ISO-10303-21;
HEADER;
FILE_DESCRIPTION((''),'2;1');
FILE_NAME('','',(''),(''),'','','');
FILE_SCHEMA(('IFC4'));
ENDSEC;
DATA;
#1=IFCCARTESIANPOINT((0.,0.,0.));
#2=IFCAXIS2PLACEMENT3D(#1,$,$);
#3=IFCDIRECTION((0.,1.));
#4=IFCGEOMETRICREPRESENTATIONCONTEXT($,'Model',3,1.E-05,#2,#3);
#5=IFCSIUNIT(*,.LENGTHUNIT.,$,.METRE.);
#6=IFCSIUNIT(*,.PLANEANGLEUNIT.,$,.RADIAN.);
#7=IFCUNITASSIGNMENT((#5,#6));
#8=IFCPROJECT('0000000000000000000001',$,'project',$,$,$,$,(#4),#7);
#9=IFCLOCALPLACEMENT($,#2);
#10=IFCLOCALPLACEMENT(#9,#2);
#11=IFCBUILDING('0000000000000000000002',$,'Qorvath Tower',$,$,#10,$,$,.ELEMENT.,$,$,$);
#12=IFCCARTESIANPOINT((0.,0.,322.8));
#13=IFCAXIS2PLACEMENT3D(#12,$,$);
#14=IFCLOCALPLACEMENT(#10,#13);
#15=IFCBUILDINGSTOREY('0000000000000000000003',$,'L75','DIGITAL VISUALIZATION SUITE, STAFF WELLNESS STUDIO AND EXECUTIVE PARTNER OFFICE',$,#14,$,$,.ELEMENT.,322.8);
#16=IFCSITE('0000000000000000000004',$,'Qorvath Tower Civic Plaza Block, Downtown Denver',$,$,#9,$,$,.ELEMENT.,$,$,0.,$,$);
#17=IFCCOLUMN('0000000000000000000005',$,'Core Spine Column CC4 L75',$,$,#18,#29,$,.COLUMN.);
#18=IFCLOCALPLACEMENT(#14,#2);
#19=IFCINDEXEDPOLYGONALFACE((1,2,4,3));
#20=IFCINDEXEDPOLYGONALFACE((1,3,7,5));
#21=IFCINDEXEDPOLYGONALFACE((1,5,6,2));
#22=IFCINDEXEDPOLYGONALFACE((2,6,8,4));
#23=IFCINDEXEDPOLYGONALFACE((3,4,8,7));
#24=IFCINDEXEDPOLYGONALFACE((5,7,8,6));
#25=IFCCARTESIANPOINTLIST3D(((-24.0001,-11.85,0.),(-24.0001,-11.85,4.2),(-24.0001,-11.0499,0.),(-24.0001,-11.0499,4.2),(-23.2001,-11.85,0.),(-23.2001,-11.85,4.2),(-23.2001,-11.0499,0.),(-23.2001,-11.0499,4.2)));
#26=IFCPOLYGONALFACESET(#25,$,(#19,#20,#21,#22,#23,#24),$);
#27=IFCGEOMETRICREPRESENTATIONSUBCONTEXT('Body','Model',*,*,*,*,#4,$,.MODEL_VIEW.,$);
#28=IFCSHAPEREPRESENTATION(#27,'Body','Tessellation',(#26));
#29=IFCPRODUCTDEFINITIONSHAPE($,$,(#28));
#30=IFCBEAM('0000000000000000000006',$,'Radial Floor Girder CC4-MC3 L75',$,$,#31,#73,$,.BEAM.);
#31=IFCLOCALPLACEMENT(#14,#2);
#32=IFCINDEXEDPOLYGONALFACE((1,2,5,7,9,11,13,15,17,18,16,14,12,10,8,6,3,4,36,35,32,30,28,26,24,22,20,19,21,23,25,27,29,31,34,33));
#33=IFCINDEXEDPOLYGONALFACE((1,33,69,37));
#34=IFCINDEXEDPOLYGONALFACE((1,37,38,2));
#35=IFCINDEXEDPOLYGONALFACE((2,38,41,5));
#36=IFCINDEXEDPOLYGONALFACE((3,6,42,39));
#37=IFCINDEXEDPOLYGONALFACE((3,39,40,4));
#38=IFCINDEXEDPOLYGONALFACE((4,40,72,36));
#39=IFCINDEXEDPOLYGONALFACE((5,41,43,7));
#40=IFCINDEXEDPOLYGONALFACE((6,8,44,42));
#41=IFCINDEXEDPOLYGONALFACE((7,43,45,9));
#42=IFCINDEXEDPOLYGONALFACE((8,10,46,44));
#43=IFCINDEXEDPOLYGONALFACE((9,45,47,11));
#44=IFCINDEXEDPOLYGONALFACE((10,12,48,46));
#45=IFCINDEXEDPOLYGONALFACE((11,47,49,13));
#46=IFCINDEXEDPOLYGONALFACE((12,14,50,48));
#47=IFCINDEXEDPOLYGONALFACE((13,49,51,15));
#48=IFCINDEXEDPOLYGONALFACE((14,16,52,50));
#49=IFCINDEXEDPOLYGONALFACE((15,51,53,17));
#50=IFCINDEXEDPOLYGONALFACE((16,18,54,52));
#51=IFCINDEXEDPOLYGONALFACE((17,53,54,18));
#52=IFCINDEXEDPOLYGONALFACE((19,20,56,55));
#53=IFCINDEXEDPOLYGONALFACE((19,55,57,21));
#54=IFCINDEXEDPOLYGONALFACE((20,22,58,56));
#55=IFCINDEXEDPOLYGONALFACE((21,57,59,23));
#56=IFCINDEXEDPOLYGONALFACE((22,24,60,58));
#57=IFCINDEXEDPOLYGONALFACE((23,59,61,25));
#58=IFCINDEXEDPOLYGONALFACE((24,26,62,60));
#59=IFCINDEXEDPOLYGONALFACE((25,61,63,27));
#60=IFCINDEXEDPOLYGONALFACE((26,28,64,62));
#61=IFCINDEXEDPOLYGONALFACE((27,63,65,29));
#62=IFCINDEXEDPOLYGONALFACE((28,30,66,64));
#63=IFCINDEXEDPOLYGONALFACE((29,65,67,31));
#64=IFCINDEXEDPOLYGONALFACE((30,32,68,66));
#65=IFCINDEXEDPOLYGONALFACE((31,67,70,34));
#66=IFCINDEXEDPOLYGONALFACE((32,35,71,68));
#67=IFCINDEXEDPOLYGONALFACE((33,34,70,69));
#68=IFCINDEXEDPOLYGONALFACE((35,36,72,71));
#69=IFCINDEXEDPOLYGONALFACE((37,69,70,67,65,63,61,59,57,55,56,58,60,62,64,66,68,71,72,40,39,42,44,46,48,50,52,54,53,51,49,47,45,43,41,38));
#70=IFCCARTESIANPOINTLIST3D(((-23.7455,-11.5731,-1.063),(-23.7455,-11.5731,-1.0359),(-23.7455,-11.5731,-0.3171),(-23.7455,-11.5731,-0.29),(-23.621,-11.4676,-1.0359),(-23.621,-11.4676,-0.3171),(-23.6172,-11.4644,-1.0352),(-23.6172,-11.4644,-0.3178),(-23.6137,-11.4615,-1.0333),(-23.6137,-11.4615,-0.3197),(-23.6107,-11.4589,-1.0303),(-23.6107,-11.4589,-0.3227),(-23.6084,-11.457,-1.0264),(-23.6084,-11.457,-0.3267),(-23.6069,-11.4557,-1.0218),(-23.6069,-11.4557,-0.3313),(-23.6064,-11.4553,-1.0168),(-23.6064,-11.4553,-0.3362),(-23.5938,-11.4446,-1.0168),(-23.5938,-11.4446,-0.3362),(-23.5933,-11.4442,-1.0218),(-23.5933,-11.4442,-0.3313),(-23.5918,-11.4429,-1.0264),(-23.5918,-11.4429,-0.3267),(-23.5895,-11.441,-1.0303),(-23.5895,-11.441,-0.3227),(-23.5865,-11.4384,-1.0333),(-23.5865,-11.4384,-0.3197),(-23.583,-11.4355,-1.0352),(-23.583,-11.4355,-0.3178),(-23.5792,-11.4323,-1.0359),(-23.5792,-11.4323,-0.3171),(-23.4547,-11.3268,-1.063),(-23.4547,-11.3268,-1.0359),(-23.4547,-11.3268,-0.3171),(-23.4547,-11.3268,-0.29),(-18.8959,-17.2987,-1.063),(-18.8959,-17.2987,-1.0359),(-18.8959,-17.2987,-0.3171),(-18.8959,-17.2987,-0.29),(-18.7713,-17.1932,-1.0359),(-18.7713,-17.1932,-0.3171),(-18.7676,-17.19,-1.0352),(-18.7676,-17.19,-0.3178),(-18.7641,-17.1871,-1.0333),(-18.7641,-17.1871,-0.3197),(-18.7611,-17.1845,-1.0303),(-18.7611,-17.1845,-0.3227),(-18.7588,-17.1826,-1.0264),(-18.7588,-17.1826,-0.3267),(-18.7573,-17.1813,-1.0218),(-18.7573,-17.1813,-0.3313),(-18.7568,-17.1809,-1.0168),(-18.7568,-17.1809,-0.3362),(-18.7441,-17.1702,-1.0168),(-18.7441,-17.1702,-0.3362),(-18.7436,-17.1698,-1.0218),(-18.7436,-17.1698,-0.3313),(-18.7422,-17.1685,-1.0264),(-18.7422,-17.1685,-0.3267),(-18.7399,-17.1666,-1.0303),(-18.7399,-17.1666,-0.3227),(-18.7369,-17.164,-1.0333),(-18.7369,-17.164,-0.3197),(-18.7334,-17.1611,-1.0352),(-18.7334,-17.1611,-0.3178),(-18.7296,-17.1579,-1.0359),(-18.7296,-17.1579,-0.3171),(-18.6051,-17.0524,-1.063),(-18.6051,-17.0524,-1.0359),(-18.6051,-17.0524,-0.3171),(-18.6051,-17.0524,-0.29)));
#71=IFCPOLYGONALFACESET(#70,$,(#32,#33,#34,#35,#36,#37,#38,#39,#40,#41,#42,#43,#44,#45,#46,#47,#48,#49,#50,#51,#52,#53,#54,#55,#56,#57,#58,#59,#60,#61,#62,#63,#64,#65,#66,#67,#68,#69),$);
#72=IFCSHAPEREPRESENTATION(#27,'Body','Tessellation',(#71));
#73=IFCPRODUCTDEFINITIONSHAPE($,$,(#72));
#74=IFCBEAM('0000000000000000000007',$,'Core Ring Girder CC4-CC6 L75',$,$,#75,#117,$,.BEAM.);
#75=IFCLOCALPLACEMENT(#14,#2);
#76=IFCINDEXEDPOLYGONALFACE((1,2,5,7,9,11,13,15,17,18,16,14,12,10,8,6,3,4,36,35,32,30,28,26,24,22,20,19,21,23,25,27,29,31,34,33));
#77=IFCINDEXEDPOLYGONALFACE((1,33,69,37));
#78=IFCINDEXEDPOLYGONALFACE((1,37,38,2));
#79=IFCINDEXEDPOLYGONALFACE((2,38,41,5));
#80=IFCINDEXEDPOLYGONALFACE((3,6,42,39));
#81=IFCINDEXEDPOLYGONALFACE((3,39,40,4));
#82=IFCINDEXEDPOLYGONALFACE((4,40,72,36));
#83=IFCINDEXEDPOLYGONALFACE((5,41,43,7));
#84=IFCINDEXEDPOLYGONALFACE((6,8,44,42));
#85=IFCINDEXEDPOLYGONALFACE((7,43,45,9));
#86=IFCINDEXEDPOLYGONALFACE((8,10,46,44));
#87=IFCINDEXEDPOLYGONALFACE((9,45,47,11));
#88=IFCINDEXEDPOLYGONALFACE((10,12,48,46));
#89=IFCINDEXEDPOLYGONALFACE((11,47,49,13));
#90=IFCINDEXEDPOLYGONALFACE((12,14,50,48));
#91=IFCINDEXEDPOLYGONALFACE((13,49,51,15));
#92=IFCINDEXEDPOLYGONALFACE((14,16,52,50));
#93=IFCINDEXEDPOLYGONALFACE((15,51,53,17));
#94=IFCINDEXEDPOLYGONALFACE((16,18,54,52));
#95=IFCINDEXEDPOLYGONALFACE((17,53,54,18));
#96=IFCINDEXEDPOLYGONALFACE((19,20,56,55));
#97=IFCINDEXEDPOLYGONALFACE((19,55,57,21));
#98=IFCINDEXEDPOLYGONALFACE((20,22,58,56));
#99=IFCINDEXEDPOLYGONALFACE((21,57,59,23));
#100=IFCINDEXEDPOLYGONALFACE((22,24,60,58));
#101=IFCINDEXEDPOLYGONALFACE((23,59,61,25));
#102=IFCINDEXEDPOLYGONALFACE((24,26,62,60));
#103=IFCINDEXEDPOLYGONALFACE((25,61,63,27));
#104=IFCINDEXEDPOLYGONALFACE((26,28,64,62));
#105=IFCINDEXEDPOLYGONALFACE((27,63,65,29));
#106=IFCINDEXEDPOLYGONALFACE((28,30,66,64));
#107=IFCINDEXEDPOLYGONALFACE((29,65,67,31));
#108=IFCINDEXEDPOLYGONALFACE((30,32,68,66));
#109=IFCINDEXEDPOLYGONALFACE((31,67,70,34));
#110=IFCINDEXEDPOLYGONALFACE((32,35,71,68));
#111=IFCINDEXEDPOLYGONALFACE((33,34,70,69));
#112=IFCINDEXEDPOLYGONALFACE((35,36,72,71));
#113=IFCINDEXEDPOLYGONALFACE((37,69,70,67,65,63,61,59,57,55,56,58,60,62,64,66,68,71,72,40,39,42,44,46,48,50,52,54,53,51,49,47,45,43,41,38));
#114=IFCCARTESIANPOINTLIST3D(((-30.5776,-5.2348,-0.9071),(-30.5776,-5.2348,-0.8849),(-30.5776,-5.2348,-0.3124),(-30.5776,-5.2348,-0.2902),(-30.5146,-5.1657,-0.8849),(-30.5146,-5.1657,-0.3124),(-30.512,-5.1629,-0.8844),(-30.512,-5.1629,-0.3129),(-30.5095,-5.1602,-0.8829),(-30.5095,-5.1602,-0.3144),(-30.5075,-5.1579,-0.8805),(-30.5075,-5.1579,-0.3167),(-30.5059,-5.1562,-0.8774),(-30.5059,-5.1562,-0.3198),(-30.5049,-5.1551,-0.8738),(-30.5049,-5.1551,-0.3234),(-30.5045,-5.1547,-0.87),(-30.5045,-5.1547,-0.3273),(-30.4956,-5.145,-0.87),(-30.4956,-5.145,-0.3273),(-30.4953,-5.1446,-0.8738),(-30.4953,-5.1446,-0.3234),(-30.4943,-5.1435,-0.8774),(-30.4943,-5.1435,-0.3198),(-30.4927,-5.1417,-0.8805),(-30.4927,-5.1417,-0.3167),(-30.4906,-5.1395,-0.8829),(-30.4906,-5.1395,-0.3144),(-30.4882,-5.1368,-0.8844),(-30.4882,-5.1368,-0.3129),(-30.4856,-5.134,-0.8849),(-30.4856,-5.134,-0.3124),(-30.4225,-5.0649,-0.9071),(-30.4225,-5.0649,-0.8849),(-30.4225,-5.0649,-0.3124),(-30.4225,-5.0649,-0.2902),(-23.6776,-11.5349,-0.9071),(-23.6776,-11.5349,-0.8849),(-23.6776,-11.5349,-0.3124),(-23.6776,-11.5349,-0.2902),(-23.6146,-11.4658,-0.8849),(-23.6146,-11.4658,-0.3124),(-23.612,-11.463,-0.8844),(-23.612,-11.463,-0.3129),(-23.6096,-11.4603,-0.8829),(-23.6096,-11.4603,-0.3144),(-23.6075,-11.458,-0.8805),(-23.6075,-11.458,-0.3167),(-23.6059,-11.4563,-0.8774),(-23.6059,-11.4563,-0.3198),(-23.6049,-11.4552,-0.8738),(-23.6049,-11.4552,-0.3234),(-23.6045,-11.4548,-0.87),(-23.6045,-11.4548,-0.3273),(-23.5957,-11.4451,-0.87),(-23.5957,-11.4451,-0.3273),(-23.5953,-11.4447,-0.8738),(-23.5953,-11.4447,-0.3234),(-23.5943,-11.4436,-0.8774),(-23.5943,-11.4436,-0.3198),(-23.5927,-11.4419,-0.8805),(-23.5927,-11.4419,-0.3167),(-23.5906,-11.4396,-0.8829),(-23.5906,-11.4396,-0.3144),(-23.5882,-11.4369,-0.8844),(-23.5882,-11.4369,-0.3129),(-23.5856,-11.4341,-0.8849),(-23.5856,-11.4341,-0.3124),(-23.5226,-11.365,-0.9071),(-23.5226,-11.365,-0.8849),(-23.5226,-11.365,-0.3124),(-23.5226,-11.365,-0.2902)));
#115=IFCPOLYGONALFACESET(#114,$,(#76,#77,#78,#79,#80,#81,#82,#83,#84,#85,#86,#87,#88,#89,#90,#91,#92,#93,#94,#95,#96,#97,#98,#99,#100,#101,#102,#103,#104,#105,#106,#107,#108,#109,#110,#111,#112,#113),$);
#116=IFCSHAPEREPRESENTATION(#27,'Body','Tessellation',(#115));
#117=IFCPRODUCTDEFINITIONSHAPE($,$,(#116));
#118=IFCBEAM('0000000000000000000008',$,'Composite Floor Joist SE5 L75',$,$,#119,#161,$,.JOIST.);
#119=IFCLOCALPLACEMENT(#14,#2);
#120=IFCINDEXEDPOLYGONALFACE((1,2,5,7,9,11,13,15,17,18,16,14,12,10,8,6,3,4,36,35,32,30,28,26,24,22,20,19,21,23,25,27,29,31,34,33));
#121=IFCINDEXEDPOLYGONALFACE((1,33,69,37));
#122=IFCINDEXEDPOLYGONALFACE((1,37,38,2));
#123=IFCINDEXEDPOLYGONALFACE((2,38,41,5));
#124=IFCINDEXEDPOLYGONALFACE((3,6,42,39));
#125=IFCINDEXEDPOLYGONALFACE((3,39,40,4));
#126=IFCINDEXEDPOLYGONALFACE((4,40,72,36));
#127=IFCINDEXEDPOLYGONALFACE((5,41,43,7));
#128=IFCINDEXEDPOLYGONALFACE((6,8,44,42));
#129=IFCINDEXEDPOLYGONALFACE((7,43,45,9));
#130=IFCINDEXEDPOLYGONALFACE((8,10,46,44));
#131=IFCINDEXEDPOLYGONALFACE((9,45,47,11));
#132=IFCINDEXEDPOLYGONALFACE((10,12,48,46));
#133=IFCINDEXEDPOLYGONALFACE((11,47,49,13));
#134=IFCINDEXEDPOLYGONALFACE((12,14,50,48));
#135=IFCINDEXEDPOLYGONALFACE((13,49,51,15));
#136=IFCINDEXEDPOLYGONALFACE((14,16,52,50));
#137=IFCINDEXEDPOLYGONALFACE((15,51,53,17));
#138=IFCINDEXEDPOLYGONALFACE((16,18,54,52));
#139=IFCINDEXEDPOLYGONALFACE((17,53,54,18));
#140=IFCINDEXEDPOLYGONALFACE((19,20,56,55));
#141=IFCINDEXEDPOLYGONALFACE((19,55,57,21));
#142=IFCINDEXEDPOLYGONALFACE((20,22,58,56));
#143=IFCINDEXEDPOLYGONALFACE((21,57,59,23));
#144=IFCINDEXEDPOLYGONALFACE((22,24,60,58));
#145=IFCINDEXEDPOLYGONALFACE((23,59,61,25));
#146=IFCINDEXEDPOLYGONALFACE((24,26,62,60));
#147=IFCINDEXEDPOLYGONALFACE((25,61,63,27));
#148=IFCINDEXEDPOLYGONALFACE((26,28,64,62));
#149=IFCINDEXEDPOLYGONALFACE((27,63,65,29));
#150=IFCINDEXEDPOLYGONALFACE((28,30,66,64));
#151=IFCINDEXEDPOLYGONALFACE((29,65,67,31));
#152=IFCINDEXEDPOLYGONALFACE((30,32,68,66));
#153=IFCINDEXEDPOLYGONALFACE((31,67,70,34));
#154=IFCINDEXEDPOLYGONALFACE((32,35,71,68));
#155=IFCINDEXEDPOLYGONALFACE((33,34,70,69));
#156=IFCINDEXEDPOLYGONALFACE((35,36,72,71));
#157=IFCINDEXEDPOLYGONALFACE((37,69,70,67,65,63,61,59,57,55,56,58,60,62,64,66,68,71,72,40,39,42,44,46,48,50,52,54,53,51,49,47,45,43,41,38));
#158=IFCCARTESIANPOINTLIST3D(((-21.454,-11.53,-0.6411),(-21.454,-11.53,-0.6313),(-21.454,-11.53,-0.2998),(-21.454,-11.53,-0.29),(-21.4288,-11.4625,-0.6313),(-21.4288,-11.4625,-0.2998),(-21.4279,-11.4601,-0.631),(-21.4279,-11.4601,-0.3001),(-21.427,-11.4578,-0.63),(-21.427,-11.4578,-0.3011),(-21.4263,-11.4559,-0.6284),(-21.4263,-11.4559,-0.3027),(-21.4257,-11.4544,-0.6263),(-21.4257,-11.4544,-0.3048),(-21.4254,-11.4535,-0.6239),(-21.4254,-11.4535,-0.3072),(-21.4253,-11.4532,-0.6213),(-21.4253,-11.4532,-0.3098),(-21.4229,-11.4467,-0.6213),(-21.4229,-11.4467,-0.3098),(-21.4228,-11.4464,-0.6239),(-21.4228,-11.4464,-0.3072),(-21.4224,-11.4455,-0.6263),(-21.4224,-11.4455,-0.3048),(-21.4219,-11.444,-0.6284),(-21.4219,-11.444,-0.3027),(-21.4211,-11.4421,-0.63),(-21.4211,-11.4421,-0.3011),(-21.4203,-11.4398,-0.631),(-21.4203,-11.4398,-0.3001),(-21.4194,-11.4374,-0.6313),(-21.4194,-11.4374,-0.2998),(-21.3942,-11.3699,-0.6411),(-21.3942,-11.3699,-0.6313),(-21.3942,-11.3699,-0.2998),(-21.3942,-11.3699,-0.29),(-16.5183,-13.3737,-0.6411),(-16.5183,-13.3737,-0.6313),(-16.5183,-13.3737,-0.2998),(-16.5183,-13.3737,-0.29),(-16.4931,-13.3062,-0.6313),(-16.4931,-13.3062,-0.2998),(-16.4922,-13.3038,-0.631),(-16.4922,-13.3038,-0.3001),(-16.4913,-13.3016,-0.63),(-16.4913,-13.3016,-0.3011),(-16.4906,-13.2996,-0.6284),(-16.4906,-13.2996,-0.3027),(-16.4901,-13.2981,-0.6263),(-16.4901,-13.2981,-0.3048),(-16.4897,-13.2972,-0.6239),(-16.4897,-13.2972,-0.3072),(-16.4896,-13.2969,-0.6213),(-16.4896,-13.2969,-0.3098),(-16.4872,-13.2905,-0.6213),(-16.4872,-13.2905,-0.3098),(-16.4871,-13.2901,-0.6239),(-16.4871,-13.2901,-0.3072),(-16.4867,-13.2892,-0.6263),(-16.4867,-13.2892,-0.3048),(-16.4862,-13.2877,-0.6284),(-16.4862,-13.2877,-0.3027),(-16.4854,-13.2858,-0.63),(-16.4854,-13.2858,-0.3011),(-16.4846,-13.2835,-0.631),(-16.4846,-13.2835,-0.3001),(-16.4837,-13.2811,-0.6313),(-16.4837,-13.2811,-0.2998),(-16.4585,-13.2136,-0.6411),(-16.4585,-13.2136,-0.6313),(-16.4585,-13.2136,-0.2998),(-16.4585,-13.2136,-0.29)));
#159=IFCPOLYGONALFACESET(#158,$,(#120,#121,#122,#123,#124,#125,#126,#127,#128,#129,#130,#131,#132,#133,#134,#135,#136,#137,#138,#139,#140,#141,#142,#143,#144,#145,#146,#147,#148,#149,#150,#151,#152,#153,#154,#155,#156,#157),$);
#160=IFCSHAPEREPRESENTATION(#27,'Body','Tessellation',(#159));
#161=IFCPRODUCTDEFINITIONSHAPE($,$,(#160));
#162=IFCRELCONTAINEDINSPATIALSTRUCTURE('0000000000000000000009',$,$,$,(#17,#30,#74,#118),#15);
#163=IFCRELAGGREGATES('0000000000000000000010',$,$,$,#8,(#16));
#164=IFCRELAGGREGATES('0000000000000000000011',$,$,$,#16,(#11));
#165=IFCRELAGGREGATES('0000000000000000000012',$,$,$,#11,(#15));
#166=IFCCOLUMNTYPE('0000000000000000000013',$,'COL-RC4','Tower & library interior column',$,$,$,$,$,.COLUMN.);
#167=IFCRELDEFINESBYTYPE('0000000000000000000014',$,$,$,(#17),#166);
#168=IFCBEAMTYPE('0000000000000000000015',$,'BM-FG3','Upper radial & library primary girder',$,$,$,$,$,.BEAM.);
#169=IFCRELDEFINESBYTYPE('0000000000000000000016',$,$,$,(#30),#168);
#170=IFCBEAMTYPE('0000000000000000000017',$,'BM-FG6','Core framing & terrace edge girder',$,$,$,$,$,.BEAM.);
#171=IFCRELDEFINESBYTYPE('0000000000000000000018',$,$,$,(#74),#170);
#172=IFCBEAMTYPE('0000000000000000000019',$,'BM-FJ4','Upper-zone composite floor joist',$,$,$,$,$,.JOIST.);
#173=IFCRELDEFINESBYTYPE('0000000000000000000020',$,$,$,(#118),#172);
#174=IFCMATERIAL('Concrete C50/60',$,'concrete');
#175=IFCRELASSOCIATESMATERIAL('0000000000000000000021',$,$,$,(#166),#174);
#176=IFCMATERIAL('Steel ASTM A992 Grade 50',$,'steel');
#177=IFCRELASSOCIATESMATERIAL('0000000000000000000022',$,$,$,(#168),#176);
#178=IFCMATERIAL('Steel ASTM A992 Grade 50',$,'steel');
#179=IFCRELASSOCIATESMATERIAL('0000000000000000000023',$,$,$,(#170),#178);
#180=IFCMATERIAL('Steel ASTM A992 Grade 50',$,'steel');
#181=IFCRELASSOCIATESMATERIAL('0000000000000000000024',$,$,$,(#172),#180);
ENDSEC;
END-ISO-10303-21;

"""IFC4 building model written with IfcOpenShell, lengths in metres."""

from ifc_helpers import new_model, si_unit, direction, frame, origin, origin_2d, place, context, subcontext, project, spatial, rectangle, i_section, extrude, material, material_profile, profile_set, type_object, element, save


model = new_model("IFC4")

# Units and contexts
model_context = context("Model", 3, precision=1e-05, world=origin(), true_north=direction((0.0, 1.0)))
body_context = subcontext(model_context, "Body", "Model", "MODEL_VIEW")
ifc_project = project(units=[si_unit("LENGTHUNIT", "METRE"), si_unit("PLANEANGLEUNIT", "RADIAN")], contexts=[model_context])

# Site, building, storey
site_placement = place(None, origin())
site = spatial("IfcSite", under=ifc_project, at=site_placement, Name="Qorvath Tower Civic Plaza Block, Downtown Denver", CompositionType="ELEMENT", RefElevation=0.0)
building_placement = place(site_placement, origin())
building = spatial("IfcBuilding", under=site, at=building_placement, Name="Qorvath Tower", CompositionType="ELEMENT")
storey_placement = place(building_placement, frame((0.0, 0.0, 322.8)))
storey = spatial("IfcBuildingStorey", under=building, at=storey_placement, Name="L75", Description="DIGITAL VISUALIZATION SUITE, STAFF WELLNESS STUDIO AND EXECUTIVE PARTNER OFFICE", CompositionType="ELEMENT", Elevation=322.8)

# Column
ifc_material_1 = material(Name="Concrete C50/60", Category="concrete")
ifc_material_profile_1 = material_profile(ifc_material_1, rectangle(XDim=0.8, YDim=0.8, at=origin_2d()), Name="RC 800x800")
ifc_profile_set_1 = profile_set([ifc_material_profile_1], Name="Concrete C50/60")
column_type = type_object("IfcColumnType", Name="COL-RC4", Description="Tower & library interior column", PredefinedType="COLUMN", material=ifc_profile_set_1)
column_placement = place(storey_placement, frame((-23.6001, -11.45, 0.0), z_axis=(0.0, 0.0, 1.0), x_axis=(1.0, 0.0, 0.0)))
element("IfcColumn", 1, at=column_placement, inside=storey, type_object=column_type, Name="Core Spine Column CC4 L75", PredefinedType="COLUMN", context=body_context, shape_type="SweptSolid", body=[
    extrude(rectangle(XDim=0.8, YDim=0.8, at=origin_2d()), origin(), (0.0, 0.0, 1.0), 4.2),
])

# Beams
ifc_material_2 = material(Name="Steel ASTM A992 Grade 50", Category="steel")
ifc_material_profile_2 = material_profile(ifc_material_2, i_section(OverallWidth=0.3811, OverallDepth=0.7729, WebThickness=0.0166, FlangeThickness=0.0271, FilletRadius=0.019, at=origin_2d()), Name="W30x173")
ifc_profile_set_2 = profile_set([ifc_material_profile_2], Name="Steel ASTM A992 Grade 50")
beam_type_1 = type_object("IfcBeamType", Name="BM-FG3", Description="Upper radial & library primary girder", PredefinedType="BEAM", material=ifc_profile_set_2)
beam_1_placement = place(storey_placement, frame((-23.6001, -11.45, -0.6765), z_axis=(0.646321, -0.763065, 0.0), x_axis=(0.763065, 0.646321, 0.0)))
element("IfcBeam", 2, at=beam_1_placement, inside=storey, type_object=beam_type_1, Name="Radial Floor Girder CC4-MC3 L75", PredefinedType="BEAM", context=body_context, shape_type="SweptSolid", body=[
    extrude(i_section(OverallWidth=0.3811, OverallDepth=0.7729, WebThickness=0.0166, FlangeThickness=0.0271, FilletRadius=0.019, at=origin_2d()), origin(), (0.0, 0.0, 1.0), 7.5034),
])
ifc_material_3 = material(Name="Steel ASTM A992 Grade 50", Category="steel")
ifc_material_profile_3 = material_profile(ifc_material_3, i_section(OverallWidth=0.23, OverallDepth=0.6169, WebThickness=0.0132, FlangeThickness=0.0222, FilletRadius=0.0149, at=origin_2d()), Name="W24x94")
ifc_profile_set_3 = profile_set([ifc_material_profile_3], Name="Steel ASTM A992 Grade 50")
beam_type_2 = type_object("IfcBeamType", Name="BM-FG6", Description="Core framing & terrace edge girder", PredefinedType="BEAM", material=ifc_profile_set_3)
beam_2_placement = place(storey_placement, frame((-23.6001, -11.45, -0.5986), z_axis=(-0.738478, 0.674277, 0.0), x_axis=(-0.674277, -0.738478, 0.0)))
element("IfcBeam", 3, at=beam_2_placement, inside=storey, type_object=beam_type_2, Name="Core Ring Girder CC4-CC6 L75", PredefinedType="BEAM", context=body_context, shape_type="SweptSolid", body=[
    extrude(i_section(OverallWidth=0.23, OverallDepth=0.6169, WebThickness=0.0132, FlangeThickness=0.0222, FilletRadius=0.0149, at=origin_2d()), origin(), (0.0, 0.0, 1.0), 9.3435),
])
ifc_material_4 = material(Name="Steel ASTM A992 Grade 50", Category="steel")
ifc_material_profile_4 = material_profile(ifc_material_4, i_section(OverallWidth=0.1709, OverallDepth=0.3511, WebThickness=0.0068, FlangeThickness=0.0098, FilletRadius=0.01, at=origin_2d()), Name="W14x30")
ifc_profile_set_4 = profile_set([ifc_material_profile_4], Name="Steel ASTM A992 Grade 50")
beam_type_3 = type_object("IfcBeamType", Name="BM-FJ4", Description="Upper-zone composite floor joist", PredefinedType="JOIST", material=ifc_profile_set_4)
beam_3_placement = place(storey_placement, frame((-21.4241, -11.45, -0.4656), z_axis=(0.936776, -0.34993, 0.0), x_axis=(0.34993, 0.936776, 0.0)))
element("IfcBeam", 4, at=beam_3_placement, inside=storey, type_object=beam_type_3, Name="Composite Floor Joist SE5 L75", PredefinedType="JOIST", context=body_context, shape_type="SweptSolid", body=[
    extrude(i_section(OverallWidth=0.1709, OverallDepth=0.3511, WebThickness=0.0068, FlangeThickness=0.0098, FilletRadius=0.01, at=origin_2d()), origin(), (0.0, 0.0, 1.0), 5.2688),
])

save(model, "model.ifc")
